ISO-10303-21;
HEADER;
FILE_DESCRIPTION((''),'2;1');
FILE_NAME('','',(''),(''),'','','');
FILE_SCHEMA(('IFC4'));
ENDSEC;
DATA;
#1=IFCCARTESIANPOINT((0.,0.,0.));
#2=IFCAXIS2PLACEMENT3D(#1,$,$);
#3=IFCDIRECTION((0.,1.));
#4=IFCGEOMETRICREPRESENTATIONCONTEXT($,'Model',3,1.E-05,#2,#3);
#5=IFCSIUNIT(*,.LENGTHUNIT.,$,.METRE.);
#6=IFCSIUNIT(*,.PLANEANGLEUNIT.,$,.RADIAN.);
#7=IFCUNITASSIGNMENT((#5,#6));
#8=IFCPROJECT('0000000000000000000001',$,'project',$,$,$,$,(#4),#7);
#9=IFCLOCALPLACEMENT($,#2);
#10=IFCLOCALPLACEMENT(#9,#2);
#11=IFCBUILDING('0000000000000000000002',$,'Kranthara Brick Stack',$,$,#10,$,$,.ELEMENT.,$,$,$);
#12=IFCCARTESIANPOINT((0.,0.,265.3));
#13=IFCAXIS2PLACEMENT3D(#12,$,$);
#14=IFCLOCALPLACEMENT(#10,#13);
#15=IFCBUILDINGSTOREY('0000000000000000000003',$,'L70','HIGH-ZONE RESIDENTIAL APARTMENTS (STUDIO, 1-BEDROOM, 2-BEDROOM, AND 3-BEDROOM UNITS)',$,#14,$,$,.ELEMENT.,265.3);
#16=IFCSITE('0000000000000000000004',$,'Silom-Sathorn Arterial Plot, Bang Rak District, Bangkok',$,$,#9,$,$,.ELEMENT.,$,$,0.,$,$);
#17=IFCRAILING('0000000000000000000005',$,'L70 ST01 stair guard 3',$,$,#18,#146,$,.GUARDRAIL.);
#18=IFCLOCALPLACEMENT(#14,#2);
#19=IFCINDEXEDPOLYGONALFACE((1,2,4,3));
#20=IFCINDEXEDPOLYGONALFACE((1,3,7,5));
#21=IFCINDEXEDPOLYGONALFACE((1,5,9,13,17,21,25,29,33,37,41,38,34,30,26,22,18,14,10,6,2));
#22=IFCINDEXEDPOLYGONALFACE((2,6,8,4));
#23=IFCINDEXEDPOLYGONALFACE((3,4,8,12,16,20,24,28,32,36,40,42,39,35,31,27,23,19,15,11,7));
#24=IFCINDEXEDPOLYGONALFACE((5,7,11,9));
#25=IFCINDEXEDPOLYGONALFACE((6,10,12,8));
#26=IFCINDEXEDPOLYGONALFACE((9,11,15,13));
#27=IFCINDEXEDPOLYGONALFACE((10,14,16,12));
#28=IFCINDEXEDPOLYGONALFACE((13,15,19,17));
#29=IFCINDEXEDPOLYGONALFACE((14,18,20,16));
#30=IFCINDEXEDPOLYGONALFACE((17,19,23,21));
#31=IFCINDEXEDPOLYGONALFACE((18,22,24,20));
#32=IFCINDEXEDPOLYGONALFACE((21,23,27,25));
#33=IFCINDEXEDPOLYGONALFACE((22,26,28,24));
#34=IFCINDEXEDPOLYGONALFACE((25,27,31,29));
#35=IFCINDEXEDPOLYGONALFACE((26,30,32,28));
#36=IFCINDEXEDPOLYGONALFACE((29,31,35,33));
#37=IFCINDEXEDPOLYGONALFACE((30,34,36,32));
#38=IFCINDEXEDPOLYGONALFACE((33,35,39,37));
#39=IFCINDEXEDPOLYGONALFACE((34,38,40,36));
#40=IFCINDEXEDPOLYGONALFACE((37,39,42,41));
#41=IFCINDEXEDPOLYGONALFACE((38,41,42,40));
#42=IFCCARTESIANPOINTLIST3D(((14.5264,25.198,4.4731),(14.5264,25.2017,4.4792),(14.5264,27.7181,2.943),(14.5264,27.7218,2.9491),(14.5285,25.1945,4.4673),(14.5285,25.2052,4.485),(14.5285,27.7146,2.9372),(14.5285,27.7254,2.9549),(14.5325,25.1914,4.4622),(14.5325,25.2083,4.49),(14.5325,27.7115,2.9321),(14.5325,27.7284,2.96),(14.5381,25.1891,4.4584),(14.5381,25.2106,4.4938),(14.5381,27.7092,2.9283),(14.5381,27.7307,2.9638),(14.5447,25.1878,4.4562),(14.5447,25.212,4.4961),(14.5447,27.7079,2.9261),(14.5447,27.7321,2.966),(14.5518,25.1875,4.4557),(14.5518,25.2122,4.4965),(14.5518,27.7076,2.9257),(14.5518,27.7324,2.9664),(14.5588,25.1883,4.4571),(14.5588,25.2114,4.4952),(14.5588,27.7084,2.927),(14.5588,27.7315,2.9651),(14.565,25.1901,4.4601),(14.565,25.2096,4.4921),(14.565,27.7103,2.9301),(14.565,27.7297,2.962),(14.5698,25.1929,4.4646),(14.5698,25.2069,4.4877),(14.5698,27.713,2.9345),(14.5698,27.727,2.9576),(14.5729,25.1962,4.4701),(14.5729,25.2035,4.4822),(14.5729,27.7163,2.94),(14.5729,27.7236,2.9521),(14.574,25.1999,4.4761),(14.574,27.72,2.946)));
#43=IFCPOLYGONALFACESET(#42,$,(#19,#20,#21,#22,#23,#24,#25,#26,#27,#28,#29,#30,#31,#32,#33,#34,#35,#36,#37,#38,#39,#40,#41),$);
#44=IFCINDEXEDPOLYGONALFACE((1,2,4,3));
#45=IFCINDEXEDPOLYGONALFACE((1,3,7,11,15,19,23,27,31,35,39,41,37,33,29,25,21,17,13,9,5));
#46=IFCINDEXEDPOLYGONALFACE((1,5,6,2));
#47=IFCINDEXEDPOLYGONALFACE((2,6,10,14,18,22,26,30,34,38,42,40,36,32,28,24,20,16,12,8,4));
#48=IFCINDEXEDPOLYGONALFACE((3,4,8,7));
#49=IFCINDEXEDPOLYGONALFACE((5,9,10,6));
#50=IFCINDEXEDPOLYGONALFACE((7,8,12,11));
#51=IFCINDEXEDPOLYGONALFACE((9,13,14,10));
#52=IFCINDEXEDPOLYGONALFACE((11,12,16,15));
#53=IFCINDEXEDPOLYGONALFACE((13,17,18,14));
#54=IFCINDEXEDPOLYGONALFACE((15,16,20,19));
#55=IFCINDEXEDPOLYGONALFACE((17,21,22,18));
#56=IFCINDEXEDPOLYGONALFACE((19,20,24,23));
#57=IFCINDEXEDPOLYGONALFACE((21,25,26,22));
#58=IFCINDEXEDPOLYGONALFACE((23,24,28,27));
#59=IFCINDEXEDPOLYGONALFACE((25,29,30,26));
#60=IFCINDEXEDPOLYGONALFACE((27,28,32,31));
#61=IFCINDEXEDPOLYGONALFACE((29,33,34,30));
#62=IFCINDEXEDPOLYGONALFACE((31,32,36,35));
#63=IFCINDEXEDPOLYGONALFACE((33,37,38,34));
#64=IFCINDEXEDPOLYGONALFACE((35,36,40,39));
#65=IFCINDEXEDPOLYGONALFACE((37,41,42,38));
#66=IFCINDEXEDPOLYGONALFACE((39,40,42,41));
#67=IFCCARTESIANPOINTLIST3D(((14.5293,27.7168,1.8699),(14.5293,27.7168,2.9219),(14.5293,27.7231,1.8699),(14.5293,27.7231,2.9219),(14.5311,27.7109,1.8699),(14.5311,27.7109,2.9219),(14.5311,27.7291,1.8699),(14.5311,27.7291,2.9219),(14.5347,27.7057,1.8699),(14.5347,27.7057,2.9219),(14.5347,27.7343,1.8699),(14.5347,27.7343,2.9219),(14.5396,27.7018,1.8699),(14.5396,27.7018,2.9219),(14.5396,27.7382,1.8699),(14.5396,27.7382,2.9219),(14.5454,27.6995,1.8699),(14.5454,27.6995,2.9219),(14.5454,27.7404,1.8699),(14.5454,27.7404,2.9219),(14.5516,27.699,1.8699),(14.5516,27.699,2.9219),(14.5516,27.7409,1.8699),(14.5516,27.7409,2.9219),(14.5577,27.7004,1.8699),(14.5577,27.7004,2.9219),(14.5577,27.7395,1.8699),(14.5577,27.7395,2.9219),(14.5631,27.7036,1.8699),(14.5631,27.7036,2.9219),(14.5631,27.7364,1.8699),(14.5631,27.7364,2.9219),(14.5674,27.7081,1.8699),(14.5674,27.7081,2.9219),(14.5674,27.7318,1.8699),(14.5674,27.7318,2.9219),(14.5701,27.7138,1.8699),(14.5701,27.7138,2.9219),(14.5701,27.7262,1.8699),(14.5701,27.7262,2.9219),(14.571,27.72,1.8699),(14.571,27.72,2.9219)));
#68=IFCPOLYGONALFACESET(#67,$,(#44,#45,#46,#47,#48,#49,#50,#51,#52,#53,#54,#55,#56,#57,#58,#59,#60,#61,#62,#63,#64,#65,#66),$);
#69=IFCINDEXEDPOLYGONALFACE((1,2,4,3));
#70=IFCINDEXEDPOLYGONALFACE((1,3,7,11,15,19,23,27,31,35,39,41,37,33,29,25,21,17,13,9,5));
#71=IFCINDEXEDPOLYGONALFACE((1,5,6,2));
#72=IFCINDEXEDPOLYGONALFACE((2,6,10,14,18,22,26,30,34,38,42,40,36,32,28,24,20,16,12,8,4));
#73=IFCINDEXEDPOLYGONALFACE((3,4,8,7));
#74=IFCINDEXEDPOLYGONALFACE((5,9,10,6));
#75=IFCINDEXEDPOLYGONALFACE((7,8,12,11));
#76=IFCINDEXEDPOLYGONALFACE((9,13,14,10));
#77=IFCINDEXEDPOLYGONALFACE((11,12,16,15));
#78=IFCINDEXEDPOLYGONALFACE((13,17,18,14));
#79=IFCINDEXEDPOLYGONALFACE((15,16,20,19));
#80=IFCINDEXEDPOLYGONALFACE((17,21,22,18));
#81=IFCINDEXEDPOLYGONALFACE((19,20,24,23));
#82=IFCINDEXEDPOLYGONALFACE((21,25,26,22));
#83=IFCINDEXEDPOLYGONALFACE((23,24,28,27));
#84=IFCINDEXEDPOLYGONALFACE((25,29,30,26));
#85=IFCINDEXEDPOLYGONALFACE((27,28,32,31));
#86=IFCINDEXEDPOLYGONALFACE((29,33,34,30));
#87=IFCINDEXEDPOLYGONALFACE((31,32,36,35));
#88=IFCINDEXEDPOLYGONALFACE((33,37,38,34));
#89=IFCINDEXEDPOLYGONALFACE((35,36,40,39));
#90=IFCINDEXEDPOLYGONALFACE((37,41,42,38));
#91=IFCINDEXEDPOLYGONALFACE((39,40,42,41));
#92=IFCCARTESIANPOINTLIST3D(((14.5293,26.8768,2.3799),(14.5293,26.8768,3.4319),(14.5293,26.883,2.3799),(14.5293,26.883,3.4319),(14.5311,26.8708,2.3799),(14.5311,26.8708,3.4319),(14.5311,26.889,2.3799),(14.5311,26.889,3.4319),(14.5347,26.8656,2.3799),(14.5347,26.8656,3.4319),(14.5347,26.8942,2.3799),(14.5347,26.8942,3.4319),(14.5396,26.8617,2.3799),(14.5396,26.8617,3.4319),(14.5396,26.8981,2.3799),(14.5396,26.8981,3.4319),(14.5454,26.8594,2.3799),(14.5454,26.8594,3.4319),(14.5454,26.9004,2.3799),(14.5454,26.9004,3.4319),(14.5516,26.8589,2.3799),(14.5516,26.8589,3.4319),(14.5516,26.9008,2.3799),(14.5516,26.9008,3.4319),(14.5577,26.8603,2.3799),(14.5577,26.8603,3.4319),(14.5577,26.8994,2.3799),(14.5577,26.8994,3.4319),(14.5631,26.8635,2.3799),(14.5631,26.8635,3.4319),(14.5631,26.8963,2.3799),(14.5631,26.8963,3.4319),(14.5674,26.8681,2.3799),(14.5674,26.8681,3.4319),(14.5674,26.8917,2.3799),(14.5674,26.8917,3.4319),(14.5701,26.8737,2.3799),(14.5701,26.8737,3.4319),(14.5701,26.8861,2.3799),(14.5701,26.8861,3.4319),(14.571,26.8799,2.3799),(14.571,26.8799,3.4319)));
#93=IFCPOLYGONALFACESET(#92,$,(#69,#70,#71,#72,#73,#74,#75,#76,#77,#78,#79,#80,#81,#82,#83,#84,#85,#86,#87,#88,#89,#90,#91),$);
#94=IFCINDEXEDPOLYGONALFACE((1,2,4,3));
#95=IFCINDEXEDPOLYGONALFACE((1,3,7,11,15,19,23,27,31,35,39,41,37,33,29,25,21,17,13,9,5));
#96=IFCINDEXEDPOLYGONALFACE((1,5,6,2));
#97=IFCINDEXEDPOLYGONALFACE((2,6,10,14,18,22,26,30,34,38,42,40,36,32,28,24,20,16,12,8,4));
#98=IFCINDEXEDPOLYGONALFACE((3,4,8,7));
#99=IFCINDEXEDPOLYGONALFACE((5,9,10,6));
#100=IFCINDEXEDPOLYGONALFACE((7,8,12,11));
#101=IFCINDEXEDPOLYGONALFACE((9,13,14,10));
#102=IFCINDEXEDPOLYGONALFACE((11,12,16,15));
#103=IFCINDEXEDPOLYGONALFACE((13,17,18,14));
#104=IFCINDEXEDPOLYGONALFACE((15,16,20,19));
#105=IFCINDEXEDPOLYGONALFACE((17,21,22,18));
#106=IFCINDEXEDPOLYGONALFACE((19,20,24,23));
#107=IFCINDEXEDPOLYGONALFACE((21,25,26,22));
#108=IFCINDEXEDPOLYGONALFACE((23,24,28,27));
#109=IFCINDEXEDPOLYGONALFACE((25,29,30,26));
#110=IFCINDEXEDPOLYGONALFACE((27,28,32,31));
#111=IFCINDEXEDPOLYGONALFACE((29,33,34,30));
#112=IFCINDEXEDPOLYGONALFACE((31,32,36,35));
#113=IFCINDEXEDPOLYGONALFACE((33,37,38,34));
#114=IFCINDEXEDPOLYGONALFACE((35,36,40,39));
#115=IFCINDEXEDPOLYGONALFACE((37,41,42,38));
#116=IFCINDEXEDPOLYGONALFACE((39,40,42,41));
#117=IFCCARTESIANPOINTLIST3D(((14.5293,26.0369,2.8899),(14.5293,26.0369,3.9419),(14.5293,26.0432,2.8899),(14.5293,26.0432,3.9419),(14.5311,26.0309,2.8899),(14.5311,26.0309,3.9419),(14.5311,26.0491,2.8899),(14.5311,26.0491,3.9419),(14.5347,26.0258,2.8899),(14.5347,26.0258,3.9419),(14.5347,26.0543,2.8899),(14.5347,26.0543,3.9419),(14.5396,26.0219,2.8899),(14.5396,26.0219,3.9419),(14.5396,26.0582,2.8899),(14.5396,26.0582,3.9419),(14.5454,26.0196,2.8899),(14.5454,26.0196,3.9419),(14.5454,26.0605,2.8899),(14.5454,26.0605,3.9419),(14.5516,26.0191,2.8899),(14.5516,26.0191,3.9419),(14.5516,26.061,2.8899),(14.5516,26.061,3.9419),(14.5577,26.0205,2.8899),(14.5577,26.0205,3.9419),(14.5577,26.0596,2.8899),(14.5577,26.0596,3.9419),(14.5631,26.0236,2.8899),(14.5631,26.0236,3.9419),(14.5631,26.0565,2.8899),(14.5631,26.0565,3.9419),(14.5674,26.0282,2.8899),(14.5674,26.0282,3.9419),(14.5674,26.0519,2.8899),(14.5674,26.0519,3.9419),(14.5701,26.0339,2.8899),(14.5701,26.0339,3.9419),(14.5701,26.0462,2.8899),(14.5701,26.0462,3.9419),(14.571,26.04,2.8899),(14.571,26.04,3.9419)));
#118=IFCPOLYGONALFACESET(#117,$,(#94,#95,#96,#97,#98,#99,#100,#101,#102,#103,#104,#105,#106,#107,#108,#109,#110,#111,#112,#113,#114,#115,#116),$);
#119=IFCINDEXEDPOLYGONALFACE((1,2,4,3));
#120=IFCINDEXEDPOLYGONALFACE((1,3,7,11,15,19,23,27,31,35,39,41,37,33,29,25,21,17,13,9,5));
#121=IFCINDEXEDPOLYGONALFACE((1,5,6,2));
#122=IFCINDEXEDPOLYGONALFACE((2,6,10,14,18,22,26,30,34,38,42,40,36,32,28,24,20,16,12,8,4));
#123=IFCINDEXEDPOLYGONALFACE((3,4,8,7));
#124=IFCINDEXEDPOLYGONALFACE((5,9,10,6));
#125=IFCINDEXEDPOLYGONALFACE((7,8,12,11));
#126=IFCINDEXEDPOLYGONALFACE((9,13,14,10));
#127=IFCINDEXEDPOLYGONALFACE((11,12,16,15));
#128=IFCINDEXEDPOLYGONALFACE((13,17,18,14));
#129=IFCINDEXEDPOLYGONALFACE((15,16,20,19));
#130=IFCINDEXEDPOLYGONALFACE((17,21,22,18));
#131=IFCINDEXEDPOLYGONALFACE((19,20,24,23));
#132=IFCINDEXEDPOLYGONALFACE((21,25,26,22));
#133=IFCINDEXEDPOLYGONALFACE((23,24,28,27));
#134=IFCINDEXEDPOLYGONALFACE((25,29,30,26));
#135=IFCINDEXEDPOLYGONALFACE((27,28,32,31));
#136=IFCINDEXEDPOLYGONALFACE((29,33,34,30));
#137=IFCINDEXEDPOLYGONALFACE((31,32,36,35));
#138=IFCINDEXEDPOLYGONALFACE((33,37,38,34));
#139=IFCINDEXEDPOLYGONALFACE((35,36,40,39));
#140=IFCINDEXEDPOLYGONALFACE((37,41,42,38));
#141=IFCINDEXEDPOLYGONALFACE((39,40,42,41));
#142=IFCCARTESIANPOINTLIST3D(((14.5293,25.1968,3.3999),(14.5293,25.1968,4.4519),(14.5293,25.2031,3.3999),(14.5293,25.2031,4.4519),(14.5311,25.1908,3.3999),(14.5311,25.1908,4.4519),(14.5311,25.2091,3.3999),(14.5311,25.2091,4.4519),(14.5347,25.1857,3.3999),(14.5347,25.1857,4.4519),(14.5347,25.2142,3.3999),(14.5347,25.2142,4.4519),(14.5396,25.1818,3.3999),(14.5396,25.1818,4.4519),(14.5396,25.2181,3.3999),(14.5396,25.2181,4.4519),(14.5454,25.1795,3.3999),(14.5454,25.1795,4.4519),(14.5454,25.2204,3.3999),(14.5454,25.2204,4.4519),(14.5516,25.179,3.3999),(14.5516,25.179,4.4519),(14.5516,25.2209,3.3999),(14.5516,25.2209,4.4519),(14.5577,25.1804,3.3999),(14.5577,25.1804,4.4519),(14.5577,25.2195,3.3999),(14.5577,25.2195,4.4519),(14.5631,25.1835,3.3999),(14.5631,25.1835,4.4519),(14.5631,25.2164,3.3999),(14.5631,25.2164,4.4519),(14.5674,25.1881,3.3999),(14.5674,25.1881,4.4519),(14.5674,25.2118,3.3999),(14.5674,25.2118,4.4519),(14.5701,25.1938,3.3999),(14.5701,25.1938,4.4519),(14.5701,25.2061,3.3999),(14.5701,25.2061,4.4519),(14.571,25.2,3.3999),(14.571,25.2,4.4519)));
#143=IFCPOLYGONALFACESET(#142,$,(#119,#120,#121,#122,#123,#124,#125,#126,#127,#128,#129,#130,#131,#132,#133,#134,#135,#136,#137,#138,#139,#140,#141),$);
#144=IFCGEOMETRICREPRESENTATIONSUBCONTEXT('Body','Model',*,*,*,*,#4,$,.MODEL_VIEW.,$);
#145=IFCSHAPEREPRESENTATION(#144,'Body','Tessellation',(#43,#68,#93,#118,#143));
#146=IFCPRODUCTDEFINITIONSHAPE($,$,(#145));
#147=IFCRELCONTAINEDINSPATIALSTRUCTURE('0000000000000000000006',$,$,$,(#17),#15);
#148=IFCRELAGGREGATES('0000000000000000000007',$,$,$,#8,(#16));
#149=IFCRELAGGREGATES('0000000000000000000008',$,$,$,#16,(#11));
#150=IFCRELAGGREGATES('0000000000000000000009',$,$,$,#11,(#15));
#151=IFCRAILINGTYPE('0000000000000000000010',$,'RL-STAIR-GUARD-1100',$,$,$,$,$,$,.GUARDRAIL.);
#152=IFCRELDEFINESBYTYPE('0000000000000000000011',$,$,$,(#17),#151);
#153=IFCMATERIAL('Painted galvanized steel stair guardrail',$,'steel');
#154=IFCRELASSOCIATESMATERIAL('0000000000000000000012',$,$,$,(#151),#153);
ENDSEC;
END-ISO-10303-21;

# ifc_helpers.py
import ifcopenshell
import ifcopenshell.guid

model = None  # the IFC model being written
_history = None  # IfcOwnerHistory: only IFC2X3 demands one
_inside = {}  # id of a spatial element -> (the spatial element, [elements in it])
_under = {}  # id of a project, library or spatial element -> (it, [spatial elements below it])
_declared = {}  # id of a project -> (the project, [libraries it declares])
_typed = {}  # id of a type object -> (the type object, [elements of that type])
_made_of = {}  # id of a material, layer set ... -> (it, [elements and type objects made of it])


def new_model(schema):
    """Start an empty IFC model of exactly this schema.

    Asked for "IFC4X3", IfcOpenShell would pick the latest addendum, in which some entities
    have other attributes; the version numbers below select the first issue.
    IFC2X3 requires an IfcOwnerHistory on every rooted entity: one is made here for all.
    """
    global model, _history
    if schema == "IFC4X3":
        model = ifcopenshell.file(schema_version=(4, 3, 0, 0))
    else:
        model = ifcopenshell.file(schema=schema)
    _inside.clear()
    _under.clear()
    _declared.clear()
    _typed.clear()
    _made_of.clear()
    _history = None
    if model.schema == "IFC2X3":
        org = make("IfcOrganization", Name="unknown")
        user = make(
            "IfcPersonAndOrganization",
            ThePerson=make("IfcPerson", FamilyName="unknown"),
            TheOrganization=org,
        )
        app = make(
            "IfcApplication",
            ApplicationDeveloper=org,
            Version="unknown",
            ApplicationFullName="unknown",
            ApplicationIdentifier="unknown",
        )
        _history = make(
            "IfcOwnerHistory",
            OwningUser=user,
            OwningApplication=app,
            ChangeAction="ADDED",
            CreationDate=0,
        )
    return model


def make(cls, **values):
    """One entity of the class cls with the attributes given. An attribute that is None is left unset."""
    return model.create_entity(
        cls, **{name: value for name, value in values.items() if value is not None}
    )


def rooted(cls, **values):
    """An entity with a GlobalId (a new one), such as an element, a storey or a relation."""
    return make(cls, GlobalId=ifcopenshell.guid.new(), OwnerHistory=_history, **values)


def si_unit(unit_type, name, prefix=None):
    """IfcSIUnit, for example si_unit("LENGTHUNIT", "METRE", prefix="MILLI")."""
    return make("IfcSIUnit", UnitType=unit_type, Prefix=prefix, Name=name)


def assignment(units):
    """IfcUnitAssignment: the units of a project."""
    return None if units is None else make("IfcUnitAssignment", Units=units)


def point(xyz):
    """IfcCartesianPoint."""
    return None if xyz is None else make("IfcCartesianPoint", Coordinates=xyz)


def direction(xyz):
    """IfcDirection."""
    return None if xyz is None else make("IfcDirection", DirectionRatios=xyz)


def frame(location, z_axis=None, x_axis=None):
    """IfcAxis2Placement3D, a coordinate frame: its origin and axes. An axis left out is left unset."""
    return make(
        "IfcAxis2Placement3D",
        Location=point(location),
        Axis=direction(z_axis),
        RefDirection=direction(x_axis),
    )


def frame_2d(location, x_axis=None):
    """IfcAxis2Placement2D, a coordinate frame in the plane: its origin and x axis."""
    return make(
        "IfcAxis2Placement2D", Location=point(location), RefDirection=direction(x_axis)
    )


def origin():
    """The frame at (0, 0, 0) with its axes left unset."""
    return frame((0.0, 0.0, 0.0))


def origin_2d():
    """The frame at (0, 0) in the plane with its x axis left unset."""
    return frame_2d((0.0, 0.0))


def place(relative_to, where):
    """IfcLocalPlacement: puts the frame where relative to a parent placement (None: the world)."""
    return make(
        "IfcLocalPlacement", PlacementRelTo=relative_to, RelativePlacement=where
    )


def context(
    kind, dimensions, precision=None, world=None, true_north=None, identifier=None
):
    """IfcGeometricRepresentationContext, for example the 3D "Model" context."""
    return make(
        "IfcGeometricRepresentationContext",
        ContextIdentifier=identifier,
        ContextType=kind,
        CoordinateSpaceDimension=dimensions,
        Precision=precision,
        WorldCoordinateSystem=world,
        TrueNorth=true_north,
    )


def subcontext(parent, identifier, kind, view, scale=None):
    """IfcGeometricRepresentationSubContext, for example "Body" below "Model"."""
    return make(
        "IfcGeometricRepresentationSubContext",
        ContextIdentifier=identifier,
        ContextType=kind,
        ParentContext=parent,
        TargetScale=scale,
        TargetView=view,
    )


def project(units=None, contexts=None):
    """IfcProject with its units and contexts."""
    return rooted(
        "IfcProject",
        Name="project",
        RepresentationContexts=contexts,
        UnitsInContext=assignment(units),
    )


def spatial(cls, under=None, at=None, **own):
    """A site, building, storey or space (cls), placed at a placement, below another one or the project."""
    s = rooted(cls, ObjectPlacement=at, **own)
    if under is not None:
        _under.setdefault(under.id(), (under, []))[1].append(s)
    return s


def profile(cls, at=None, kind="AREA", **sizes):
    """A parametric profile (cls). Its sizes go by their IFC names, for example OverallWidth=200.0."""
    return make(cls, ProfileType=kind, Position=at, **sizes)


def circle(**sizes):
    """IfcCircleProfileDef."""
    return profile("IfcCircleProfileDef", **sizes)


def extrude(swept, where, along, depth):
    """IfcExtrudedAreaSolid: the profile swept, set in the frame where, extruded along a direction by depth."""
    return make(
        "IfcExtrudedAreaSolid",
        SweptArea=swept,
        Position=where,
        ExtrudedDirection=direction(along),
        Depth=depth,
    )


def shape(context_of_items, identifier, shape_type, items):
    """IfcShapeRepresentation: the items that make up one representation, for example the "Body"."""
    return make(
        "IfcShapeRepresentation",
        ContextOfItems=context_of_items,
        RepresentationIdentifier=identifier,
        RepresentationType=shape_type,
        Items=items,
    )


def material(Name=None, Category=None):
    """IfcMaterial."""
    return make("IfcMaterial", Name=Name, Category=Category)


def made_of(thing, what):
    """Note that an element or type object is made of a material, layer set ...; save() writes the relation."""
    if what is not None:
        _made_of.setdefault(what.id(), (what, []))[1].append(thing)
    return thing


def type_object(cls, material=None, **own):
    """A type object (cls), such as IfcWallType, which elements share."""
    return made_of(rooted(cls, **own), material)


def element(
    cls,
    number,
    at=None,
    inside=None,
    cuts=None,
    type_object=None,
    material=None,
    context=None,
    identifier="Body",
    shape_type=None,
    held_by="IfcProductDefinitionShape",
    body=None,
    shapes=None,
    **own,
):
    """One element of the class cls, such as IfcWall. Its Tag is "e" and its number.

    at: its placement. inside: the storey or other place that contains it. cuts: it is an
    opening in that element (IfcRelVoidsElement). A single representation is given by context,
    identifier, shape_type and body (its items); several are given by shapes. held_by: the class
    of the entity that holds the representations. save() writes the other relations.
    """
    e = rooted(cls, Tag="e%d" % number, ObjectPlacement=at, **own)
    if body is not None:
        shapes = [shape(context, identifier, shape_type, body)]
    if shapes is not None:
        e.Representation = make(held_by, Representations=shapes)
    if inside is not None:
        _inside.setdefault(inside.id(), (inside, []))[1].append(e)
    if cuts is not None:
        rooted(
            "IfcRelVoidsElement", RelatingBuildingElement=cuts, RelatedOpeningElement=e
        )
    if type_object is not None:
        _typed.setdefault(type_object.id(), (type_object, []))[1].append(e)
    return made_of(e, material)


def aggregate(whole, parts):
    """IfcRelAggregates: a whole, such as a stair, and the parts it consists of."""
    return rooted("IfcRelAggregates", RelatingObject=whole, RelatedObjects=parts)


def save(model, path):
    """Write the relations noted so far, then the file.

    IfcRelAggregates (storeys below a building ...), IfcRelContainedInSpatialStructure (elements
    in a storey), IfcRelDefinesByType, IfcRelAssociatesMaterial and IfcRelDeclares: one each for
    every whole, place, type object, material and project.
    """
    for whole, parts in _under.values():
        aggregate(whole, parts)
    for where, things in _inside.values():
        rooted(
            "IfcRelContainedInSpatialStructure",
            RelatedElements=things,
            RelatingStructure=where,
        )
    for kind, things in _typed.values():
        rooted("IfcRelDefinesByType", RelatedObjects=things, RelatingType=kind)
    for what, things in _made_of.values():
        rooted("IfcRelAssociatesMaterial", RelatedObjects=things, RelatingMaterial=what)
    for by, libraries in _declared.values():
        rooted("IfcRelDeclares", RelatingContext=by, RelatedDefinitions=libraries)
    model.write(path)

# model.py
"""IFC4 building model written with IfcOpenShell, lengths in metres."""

from ifc_helpers import new_model, si_unit, direction, frame, origin, origin_2d, place, context, subcontext, project, spatial, circle, extrude, material, type_object, element, save


model = new_model("IFC4")

# Units and contexts
model_context = context("Model", 3, precision=1e-05, world=origin(), true_north=direction((0.0, 1.0)))
body_context = subcontext(model_context, "Body", "Model", "MODEL_VIEW")
ifc_project = project(units=[si_unit("LENGTHUNIT", "METRE"), si_unit("PLANEANGLEUNIT", "RADIAN")], contexts=[model_context])

# Site, building, storey
site_placement = place(None, origin())
site = spatial("IfcSite", under=ifc_project, at=site_placement, Name="Silom-Sathorn Arterial Plot, Bang Rak District, Bangkok", CompositionType="ELEMENT", RefElevation=0.0)
building_placement = place(site_placement, origin())
building = spatial("IfcBuilding", under=site, at=building_placement, Name="Kranthara Brick Stack", CompositionType="ELEMENT")
storey_placement = place(building_placement, frame((0.0, 0.0, 265.3)))
storey = spatial("IfcBuildingStorey", under=building, at=storey_placement, Name="L70", Description="HIGH-ZONE RESIDENTIAL APARTMENTS (STUDIO, 1-BEDROOM, 2-BEDROOM, AND 3-BEDROOM UNITS)", CompositionType="ELEMENT", Elevation=265.3)

# Railing
ifc_material_1 = material(Name="Painted galvanized steel stair guardrail", Category="steel")
railing_type_1 = type_object("IfcRailingType", Name="RL-STAIR-GUARD-1100", PredefinedType="GUARDRAIL", material=ifc_material_1)
railing_1_placement = place(storey_placement, frame((14.55, 27.72, 1.8699)))
element("IfcRailing", 1, at=railing_1_placement, inside=storey, type_object=railing_type_1, Name="L70 ST01 stair guard 3", PredefinedType="GUARDRAIL", context=body_context, shape_type="SweptSolid", body=[
    extrude(circle(Radius=0.0239, at=origin_2d()), frame((0.0, 0.0, 1.0762), z_axis=(0.0, -0.854785, 0.518982), x_axis=(1.0, 0.0, 0.0)), (0.0, 0.0, 1.0), 2.9482),
    extrude(circle(Radius=0.021, at=origin_2d()), origin(), (0.0, 0.0, 1.0), 1.052),
    extrude(circle(Radius=0.021, at=origin_2d()), frame((0.0, -0.8401, 0.51)), (0.0, 0.0, 1.0), 1.052),
    extrude(circle(Radius=0.021, at=origin_2d()), frame((0.0, -1.6799, 1.02)), (0.0, 0.0, 1.0), 1.052),
    extrude(circle(Radius=0.021, at=origin_2d()), frame((0.0, -2.52, 1.53)), (0.0, 0.0, 1.0), 1.052),
])

save(model, "model.ifc")
